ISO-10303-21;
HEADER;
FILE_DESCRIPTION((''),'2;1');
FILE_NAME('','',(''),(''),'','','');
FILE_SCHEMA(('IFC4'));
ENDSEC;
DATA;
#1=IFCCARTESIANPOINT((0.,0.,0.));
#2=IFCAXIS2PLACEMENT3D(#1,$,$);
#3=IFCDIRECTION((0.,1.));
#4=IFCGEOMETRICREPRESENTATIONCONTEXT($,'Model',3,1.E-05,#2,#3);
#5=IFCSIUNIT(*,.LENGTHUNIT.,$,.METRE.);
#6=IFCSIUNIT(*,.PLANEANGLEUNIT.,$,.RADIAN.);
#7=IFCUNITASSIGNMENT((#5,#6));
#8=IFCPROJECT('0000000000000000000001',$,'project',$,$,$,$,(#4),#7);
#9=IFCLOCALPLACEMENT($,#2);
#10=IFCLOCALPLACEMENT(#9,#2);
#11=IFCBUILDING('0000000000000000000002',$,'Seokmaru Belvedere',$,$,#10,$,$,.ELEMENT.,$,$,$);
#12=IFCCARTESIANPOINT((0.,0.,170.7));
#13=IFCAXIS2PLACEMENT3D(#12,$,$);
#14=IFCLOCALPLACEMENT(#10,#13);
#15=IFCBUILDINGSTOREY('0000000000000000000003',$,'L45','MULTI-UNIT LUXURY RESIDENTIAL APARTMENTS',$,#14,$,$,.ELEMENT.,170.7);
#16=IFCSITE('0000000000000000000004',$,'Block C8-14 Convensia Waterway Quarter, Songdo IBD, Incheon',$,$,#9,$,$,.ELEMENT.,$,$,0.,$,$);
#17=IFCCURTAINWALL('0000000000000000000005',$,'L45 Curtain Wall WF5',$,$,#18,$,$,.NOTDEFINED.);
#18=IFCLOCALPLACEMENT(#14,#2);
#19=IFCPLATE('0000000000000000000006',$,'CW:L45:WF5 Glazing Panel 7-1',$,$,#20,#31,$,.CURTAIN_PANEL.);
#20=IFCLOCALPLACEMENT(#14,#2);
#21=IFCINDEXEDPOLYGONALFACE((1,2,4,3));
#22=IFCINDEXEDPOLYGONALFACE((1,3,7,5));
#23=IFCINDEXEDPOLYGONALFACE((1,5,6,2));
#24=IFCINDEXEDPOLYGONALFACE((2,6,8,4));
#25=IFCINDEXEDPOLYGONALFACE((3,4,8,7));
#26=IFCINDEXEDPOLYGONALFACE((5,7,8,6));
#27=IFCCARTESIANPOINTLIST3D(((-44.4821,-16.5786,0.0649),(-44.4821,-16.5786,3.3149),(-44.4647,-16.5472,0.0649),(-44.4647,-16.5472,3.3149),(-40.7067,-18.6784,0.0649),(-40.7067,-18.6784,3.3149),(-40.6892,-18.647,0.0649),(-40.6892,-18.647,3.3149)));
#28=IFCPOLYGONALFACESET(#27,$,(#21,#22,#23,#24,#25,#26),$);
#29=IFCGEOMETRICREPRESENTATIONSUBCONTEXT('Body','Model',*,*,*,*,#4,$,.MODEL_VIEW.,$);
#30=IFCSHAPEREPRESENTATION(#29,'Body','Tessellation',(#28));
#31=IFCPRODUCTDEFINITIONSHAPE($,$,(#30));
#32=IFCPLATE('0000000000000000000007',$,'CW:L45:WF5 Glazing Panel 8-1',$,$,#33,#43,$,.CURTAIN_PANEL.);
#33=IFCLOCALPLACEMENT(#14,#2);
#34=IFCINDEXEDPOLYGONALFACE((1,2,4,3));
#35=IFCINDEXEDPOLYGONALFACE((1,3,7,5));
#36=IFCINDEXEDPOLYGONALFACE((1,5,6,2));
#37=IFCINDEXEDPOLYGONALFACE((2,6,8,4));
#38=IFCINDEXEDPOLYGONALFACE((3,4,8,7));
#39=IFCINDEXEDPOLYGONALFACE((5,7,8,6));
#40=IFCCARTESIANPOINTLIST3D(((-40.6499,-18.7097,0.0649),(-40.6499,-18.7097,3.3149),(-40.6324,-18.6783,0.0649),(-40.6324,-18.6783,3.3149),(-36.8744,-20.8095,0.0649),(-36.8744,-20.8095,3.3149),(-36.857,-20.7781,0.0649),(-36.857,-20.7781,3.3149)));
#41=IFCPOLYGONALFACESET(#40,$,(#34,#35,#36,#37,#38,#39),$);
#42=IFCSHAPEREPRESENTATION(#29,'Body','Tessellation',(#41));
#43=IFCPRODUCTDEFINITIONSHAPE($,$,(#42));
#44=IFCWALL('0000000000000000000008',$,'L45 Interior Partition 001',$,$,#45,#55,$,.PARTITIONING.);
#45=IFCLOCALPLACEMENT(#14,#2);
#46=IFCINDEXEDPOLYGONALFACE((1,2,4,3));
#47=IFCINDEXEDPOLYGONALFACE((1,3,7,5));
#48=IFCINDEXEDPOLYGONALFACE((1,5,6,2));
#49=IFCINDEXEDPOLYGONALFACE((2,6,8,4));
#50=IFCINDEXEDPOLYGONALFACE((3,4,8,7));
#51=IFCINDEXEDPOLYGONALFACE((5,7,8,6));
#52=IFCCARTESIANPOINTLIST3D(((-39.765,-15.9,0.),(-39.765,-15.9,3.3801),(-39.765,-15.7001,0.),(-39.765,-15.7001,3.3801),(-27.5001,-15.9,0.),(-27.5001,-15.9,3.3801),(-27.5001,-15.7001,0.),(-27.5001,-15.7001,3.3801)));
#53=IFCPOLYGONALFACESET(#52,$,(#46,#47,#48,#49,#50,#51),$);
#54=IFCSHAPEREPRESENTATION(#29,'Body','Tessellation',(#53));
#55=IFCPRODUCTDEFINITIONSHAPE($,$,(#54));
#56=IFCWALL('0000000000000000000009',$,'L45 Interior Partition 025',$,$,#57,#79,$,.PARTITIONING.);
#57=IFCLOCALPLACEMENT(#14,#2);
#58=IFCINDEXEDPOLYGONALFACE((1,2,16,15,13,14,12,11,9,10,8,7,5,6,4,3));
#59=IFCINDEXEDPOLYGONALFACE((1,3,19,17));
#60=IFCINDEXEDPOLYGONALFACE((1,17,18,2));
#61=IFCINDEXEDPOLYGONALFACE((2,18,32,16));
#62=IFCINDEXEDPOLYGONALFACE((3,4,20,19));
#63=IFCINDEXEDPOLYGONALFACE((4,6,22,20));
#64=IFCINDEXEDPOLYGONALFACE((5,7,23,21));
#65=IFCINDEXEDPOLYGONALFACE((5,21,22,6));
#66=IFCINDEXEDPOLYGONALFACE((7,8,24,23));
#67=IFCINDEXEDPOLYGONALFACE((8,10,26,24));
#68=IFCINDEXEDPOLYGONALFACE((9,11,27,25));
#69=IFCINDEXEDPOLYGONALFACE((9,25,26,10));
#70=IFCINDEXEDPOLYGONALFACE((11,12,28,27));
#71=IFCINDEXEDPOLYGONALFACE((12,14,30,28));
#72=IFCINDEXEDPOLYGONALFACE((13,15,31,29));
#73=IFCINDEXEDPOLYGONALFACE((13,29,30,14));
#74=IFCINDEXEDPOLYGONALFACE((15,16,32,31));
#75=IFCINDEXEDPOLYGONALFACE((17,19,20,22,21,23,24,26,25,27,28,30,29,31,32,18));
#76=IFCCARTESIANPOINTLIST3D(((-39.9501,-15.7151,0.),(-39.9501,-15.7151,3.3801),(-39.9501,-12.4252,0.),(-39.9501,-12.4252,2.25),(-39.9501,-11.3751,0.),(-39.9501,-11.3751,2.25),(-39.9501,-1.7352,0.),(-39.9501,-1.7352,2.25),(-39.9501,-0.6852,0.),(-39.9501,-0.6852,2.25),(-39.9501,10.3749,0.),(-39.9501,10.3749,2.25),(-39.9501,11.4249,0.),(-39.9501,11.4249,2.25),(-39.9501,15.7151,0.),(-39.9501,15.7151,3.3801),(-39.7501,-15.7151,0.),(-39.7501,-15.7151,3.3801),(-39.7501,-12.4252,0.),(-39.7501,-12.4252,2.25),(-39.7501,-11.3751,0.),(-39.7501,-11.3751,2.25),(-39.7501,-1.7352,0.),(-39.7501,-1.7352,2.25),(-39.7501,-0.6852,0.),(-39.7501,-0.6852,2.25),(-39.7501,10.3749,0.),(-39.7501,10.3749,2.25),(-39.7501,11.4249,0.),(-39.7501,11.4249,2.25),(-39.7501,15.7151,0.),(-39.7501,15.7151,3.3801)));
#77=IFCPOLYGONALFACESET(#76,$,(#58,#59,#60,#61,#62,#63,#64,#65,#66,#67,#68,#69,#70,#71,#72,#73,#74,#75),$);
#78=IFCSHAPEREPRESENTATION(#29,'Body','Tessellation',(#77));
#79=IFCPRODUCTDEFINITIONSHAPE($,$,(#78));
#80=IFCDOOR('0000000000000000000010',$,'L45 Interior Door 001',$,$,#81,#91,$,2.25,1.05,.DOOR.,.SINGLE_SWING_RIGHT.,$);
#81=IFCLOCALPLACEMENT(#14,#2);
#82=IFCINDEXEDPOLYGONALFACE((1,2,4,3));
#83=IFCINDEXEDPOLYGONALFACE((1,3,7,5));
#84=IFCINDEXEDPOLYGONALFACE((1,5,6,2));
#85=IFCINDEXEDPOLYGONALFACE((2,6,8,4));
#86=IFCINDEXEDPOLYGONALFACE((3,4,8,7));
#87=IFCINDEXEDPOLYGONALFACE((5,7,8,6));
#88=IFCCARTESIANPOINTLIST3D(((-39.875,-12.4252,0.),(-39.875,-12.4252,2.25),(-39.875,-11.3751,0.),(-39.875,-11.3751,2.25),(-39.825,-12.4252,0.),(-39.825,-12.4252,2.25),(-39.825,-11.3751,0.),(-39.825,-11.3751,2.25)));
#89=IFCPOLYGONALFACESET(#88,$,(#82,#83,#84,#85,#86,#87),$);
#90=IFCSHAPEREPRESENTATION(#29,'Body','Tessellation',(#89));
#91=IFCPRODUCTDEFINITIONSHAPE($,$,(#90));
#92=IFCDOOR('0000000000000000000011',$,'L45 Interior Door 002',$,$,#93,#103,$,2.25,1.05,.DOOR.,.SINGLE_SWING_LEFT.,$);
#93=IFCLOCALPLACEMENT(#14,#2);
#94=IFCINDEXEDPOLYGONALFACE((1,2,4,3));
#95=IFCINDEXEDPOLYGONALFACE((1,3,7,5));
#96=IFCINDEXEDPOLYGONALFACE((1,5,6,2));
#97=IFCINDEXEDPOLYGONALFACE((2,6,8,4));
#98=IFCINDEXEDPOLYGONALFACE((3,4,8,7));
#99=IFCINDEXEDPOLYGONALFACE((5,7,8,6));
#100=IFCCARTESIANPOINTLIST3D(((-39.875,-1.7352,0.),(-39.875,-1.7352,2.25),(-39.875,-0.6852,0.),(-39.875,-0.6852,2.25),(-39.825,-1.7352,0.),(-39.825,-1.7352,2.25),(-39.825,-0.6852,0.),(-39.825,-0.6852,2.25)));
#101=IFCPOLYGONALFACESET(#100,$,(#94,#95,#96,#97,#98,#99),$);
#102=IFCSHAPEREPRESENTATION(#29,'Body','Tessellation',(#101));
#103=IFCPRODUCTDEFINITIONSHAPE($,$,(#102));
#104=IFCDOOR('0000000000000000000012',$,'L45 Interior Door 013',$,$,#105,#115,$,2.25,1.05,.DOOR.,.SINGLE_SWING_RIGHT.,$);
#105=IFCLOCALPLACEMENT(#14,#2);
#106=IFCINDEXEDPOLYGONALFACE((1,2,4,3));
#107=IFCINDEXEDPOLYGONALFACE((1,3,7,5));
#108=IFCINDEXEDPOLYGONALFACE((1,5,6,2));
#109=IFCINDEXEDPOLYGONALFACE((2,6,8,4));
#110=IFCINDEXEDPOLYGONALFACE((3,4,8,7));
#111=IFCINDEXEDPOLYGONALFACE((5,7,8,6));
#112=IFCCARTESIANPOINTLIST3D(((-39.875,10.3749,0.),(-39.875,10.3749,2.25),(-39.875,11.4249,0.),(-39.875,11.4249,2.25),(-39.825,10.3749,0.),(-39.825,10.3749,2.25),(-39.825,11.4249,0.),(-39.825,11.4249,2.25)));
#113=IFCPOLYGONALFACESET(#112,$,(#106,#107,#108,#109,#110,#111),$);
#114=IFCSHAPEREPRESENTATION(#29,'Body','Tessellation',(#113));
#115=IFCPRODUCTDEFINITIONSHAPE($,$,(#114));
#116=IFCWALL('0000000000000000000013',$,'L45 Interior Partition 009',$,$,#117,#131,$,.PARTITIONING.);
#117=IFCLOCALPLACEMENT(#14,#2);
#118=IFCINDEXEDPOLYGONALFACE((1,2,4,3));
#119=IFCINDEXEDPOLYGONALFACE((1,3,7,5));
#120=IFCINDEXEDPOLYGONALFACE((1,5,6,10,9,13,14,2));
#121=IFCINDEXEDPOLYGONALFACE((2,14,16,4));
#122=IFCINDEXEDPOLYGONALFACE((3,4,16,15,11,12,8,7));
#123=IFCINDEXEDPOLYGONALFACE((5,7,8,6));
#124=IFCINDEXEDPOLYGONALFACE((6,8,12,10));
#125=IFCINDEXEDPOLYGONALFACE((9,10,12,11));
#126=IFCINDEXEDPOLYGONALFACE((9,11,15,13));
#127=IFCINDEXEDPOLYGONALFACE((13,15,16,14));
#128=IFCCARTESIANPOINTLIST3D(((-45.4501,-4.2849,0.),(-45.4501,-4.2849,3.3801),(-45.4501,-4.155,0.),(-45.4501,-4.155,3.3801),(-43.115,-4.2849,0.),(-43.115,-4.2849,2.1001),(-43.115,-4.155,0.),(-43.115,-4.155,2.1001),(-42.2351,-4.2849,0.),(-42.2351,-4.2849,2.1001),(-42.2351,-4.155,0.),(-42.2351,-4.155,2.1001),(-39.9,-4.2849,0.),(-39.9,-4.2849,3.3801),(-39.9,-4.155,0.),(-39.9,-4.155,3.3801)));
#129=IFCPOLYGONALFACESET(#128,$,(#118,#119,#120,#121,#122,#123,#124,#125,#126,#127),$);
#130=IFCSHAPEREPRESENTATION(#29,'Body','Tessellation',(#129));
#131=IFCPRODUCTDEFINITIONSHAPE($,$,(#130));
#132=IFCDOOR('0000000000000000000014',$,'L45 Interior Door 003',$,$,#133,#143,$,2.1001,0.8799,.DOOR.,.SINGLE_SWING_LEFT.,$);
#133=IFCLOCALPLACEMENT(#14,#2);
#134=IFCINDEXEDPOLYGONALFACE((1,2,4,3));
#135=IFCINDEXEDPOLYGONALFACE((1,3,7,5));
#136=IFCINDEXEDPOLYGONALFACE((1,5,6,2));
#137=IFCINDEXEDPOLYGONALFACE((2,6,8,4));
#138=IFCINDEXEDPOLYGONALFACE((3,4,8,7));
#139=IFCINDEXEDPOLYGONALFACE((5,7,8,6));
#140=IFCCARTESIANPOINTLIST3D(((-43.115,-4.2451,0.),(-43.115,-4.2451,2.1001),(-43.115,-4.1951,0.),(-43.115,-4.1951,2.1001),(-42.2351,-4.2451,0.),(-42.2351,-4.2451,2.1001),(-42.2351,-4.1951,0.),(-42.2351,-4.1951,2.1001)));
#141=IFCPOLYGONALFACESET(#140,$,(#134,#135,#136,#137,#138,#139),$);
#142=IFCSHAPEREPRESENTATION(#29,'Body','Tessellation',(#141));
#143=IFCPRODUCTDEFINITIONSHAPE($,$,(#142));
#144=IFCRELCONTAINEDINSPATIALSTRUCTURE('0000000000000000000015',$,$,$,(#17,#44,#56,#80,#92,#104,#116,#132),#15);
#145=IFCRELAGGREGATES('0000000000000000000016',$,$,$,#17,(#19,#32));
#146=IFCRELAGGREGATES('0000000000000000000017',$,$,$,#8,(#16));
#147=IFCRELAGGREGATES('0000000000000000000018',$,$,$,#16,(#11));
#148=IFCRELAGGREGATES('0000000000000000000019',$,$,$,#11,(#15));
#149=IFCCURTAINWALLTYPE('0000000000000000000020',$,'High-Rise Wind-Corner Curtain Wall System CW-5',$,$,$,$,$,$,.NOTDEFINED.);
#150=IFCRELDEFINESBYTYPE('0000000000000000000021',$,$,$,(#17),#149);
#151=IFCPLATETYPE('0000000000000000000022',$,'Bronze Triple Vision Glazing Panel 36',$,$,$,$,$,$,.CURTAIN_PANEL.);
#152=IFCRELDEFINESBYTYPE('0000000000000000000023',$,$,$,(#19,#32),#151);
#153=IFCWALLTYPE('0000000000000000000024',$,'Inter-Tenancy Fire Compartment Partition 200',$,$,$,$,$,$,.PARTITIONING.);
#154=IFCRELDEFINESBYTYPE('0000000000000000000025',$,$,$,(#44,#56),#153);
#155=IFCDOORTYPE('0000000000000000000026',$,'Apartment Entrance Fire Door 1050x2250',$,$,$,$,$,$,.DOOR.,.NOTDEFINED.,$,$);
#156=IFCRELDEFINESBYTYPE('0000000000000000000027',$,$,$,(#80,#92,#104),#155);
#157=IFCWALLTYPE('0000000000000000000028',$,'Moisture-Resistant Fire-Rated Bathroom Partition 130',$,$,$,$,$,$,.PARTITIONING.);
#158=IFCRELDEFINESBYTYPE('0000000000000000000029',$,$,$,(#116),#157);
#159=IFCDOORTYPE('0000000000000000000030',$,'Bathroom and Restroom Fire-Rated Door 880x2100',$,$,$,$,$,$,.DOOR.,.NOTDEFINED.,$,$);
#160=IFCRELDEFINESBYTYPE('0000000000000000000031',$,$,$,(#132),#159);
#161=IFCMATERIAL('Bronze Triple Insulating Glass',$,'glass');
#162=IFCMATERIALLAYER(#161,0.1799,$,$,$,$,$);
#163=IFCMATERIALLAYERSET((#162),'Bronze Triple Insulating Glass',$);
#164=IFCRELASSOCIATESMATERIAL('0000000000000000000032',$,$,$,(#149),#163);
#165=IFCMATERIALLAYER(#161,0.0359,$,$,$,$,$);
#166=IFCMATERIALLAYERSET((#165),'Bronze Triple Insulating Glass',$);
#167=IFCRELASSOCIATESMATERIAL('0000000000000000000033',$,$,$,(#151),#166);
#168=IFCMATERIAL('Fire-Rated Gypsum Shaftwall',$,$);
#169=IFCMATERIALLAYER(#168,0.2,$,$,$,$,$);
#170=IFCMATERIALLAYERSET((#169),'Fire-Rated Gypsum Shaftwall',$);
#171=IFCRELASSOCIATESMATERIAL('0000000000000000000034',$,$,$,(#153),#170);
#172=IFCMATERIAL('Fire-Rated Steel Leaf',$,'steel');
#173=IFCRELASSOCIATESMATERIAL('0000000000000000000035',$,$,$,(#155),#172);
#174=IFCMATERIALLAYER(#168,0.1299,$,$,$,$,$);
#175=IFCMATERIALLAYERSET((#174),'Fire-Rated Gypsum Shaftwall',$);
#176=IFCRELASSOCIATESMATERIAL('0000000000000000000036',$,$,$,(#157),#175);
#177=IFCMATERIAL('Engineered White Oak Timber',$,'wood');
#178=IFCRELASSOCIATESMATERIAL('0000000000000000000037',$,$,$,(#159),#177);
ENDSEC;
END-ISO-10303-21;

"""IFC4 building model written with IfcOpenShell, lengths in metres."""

from ifc_helpers import new_model, si_unit, direction, frame, frame_2d, origin, origin_2d, place, context, subcontext, project, spatial, rectangle, extrude, source, transform, mapped, material, layer, layer_set, type_object, type_shapes, element, fill, aggregate, save


model = new_model("IFC4")

# Units and contexts
model_context = context("Model", 3, precision=1e-05, world=origin(), true_north=direction((0.0, 1.0)))
body_context = subcontext(model_context, "Body", "Model", "MODEL_VIEW")
ifc_project = project(units=[si_unit("LENGTHUNIT", "METRE"), si_unit("PLANEANGLEUNIT", "RADIAN")], contexts=[model_context])

# Site, building, storey
site_placement = place(None, origin())
site = spatial("IfcSite", under=ifc_project, at=site_placement, Name="Block C8-14 Convensia Waterway Quarter, Songdo IBD, Incheon", CompositionType="ELEMENT", RefElevation=0.0)
building_placement = place(site_placement, origin())
building = spatial("IfcBuilding", under=site, at=building_placement, Name="Seokmaru Belvedere", CompositionType="ELEMENT")
storey_placement = place(building_placement, frame((0.0, 0.0, 170.7)))
storey = spatial("IfcBuildingStorey", under=building, at=storey_placement, Name="L45", Description="MULTI-UNIT LUXURY RESIDENTIAL APARTMENTS", CompositionType="ELEMENT", Elevation=170.7)

# Curtain wall, plates
ifc_material_1 = material(Name="Bronze Triple Insulating Glass", Category="glass")
ifc_layer_1 = layer(ifc_material_1, 0.1799)
ifc_layer_set_1 = layer_set([ifc_layer_1], Name="Bronze Triple Insulating Glass")
curtain_wall_type = type_object("IfcCurtainWallType", Name="High-Rise Wind-Corner Curtain Wall System CW-5", PredefinedType="NOTDEFINED", material=ifc_layer_set_1)
curtain_wall_placement = place(storey_placement, origin())
curtain_wall = element("IfcCurtainWall", 1, at=curtain_wall_placement, inside=storey, type_object=curtain_wall_type, Name="L45 Curtain Wall WF5", PredefinedType="NOTDEFINED")
ifc_layer_2 = layer(ifc_material_1, 0.0359)
ifc_layer_set_2 = layer_set([ifc_layer_2], Name="Bronze Triple Insulating Glass")
plate_type = type_object("IfcPlateType", Name="Bronze Triple Vision Glazing Panel 36", PredefinedType="CURTAIN_PANEL", material=ifc_layer_set_2)
shared_shape_1 = source(origin(), body_context, "Body", "SweptSolid", [
    extrude(rectangle(XDim=4.3201, YDim=0.0359, at=origin_2d()), origin(), (0.0, 0.0, 1.0), 3.25),
])
type_shapes(plate_type, [shared_shape_1])
plate_1_placement = place(storey_placement, frame((-42.5857, -17.6128, 0.0649), z_axis=(0.0, 0.0, 1.0), x_axis=(0.873933, -0.486047, 0.0)))
plate_1 = element("IfcPlate", 2, at=plate_1_placement, type_object=plate_type, Name="CW:L45:WF5 Glazing Panel 7-1", PredefinedType="CURTAIN_PANEL", context=body_context, shape_type="MappedRepresentation", body=[
    mapped(shared_shape_1, transform((0.0, 0.0, 0.0), scale=1.0)),
])
plate_2_placement = place(storey_placement, frame((-38.7534, -19.7439, 0.0649), z_axis=(0.0, 0.0, 1.0), x_axis=(0.873933, -0.486047, 0.0)))
plate_2 = element("IfcPlate", 3, at=plate_2_placement, type_object=plate_type, Name="CW:L45:WF5 Glazing Panel 8-1", PredefinedType="CURTAIN_PANEL", context=body_context, shape_type="MappedRepresentation", body=[
    mapped(shared_shape_1, transform((0.0, 0.0, 0.0), scale=1.0)),
])
aggregate(curtain_wall, [plate_1, plate_2])

# Wall
ifc_material_2 = material(Name="Fire-Rated Gypsum Shaftwall")
ifc_layer_3 = layer(ifc_material_2, 0.2)
ifc_layer_set_3 = layer_set([ifc_layer_3], Name="Fire-Rated Gypsum Shaftwall")
wall_type_1 = type_object("IfcWallType", Name="Inter-Tenancy Fire Compartment Partition 200", PredefinedType="PARTITIONING", material=ifc_layer_set_3)
wall_1_placement = place(storey_placement, frame((-39.7649, -15.8, 0.0), z_axis=(0.0, 0.0, 1.0), x_axis=(1.0, 0.0, 0.0)))
element("IfcWall", 4, at=wall_1_placement, inside=storey, type_object=wall_type_1, Name="L45 Interior Partition 001", PredefinedType="PARTITIONING", context=body_context, shape_type="SweptSolid", body=[
    extrude(rectangle(XDim=12.2649, YDim=0.2, at=frame_2d((6.1323, 0.0))), origin(), (0.0, 0.0, 1.0), 3.3801),
])

# Wall, openings, doors
wall_2_placement = place(storey_placement, frame((-39.8501, -15.7151, 0.0), z_axis=(0.0, 0.0, 1.0), x_axis=(0.0, 1.0, 0.0)))
wall_2 = element("IfcWall", 5, at=wall_2_placement, inside=storey, type_object=wall_type_1, Name="L45 Interior Partition 025", PredefinedType="PARTITIONING", context=body_context, shape_type="SweptSolid", body=[
    extrude(rectangle(XDim=31.4302, YDim=0.2, at=frame_2d((15.7151, 0.0))), origin(), (0.0, 0.0, 1.0), 3.3801),
])
opening_1_placement = place(wall_2_placement, frame((3.29, 0.0, 0.0)))
opening_1 = element("IfcOpeningElement", 6, at=opening_1_placement, cuts=wall_2, PredefinedType="OPENING", context=body_context, shape_type="SweptSolid", body=[
    extrude(rectangle(XDim=1.05, YDim=2.25, at=frame_2d((0.5249, 1.125))), frame((0.0, 0.1099, 0.0), z_axis=(0.0, -1.0, 0.0), x_axis=(1.0, 0.0, 0.0)), (0.0, 0.0, 1.0), 0.22),
])
opening_2_placement = place(wall_2_placement, frame((13.98, 0.0, 0.0)))
opening_2 = element("IfcOpeningElement", 7, at=opening_2_placement, cuts=wall_2, PredefinedType="OPENING", context=body_context, shape_type="SweptSolid", body=[
    extrude(rectangle(XDim=1.05, YDim=2.25, at=frame_2d((0.5249, 1.125))), frame((0.0, 0.1099, 0.0), z_axis=(0.0, -1.0, 0.0), x_axis=(1.0, 0.0, 0.0)), (0.0, 0.0, 1.0), 0.22),
])
opening_3_placement = place(wall_2_placement, frame((26.0901, 0.0, 0.0)))
opening_3 = element("IfcOpeningElement", 8, at=opening_3_placement, cuts=wall_2, PredefinedType="OPENING", context=body_context, shape_type="SweptSolid", body=[
    extrude(rectangle(XDim=1.05, YDim=2.25, at=frame_2d((0.5249, 1.125))), frame((0.0, 0.1099, 0.0), z_axis=(0.0, -1.0, 0.0), x_axis=(1.0, 0.0, 0.0)), (0.0, 0.0, 1.0), 0.22),
])
ifc_material_3 = material(Name="Fire-Rated Steel Leaf", Category="steel")
door_type_1 = type_object("IfcDoorType", Name="Apartment Entrance Fire Door 1050x2250", OperationType="NOTDEFINED", PredefinedType="DOOR", material=ifc_material_3)
shared_shape_2 = source(origin(), body_context, "Body", "SweptSolid", [
    extrude(rectangle(XDim=1.05, YDim=2.25, at=frame_2d((0.5249, 1.125))), frame((0.0, 0.0249, 0.0), z_axis=(0.0, -1.0, 0.0), x_axis=(1.0, 0.0, 0.0)), (0.0, 0.0, 1.0), 0.05),
])
type_shapes(door_type_1, [shared_shape_2])
door_1_placement = place(opening_1_placement, origin())
door_1 = element("IfcDoor", 9, at=door_1_placement, inside=storey, type_object=door_type_1, Name="L45 Interior Door 001", OperationType="SINGLE_SWING_RIGHT", OverallHeight=2.25, OverallWidth=1.05, PredefinedType="DOOR", context=body_context, shape_type="MappedRepresentation", body=[
    mapped(shared_shape_2, transform((0.0, 0.0, 0.0), scale=1.0)),
])
fill(opening_1, door_1)
door_2_placement = place(opening_2_placement, origin())
door_2 = element("IfcDoor", 10, at=door_2_placement, inside=storey, type_object=door_type_1, Name="L45 Interior Door 002", OperationType="SINGLE_SWING_LEFT", OverallHeight=2.25, OverallWidth=1.05, PredefinedType="DOOR", context=body_context, shape_type="MappedRepresentation", body=[
    mapped(shared_shape_2, transform((0.0, 0.0, 0.0), scale=1.0)),
])
fill(opening_2, door_2)
door_3_placement = place(opening_3_placement, origin())
door_3 = element("IfcDoor", 11, at=door_3_placement, inside=storey, type_object=door_type_1, Name="L45 Interior Door 013", OperationType="SINGLE_SWING_RIGHT", OverallHeight=2.25, OverallWidth=1.05, PredefinedType="DOOR", context=body_context, shape_type="MappedRepresentation", body=[
    mapped(shared_shape_2, transform((0.0, 0.0, 0.0), scale=1.0)),
])
fill(opening_3, door_3)

# Wall, opening, door
ifc_layer_4 = layer(ifc_material_2, 0.1299)
ifc_layer_set_4 = layer_set([ifc_layer_4], Name="Fire-Rated Gypsum Shaftwall")
wall_type_2 = type_object("IfcWallType", Name="Moisture-Resistant Fire-Rated Bathroom Partition 130", PredefinedType="PARTITIONING", material=ifc_layer_set_4)
wall_3_placement = place(storey_placement, frame((-45.45, -4.22, 0.0), z_axis=(0.0, 0.0, 1.0), x_axis=(1.0, 0.0, 0.0)))
wall_3 = element("IfcWall", 12, at=wall_3_placement, inside=storey, type_object=wall_type_2, Name="L45 Interior Partition 009", PredefinedType="PARTITIONING", context=body_context, shape_type="SweptSolid", body=[
    extrude(rectangle(XDim=5.55, YDim=0.1299, at=frame_2d((2.7749, 0.0))), origin(), (0.0, 0.0, 1.0), 3.3801),
])
opening_4_placement = place(wall_3_placement, frame((2.335, 0.0, 0.0)))
opening_4 = element("IfcOpeningElement", 13, at=opening_4_placement, cuts=wall_3, PredefinedType="OPENING", context=body_context, shape_type="SweptSolid", body=[
    extrude(rectangle(XDim=0.8799, YDim=2.1001, at=frame_2d((0.4399, 1.05))), frame((0.0, 0.075, 0.0), z_axis=(0.0, -1.0, 0.0), x_axis=(1.0, 0.0, 0.0)), (0.0, 0.0, 1.0), 0.1499),
])
ifc_material_4 = material(Name="Engineered White Oak Timber", Category="wood")
door_type_2 = type_object("IfcDoorType", Name="Bathroom and Restroom Fire-Rated Door 880x2100", OperationType="NOTDEFINED", PredefinedType="DOOR", material=ifc_material_4)
shared_shape_3 = source(origin(), body_context, "Body", "SweptSolid", [
    extrude(rectangle(XDim=0.8799, YDim=2.1001, at=frame_2d((0.4399, 1.05))), frame((0.0, 0.0249, 0.0), z_axis=(0.0, -1.0, 0.0), x_axis=(1.0, 0.0, 0.0)), (0.0, 0.0, 1.0), 0.05),
])
type_shapes(door_type_2, [shared_shape_3])
door_4_placement = place(opening_4_placement, origin())
door_4 = element("IfcDoor", 14, at=door_4_placement, inside=storey, type_object=door_type_2, Name="L45 Interior Door 003", OperationType="SINGLE_SWING_LEFT", OverallHeight=2.1001, OverallWidth=0.8799, PredefinedType="DOOR", context=body_context, shape_type="MappedRepresentation", body=[
    mapped(shared_shape_3, transform((0.0, 0.0, 0.0), scale=1.0)),
])
fill(opening_4, door_4)

save(model, "model.ifc")
